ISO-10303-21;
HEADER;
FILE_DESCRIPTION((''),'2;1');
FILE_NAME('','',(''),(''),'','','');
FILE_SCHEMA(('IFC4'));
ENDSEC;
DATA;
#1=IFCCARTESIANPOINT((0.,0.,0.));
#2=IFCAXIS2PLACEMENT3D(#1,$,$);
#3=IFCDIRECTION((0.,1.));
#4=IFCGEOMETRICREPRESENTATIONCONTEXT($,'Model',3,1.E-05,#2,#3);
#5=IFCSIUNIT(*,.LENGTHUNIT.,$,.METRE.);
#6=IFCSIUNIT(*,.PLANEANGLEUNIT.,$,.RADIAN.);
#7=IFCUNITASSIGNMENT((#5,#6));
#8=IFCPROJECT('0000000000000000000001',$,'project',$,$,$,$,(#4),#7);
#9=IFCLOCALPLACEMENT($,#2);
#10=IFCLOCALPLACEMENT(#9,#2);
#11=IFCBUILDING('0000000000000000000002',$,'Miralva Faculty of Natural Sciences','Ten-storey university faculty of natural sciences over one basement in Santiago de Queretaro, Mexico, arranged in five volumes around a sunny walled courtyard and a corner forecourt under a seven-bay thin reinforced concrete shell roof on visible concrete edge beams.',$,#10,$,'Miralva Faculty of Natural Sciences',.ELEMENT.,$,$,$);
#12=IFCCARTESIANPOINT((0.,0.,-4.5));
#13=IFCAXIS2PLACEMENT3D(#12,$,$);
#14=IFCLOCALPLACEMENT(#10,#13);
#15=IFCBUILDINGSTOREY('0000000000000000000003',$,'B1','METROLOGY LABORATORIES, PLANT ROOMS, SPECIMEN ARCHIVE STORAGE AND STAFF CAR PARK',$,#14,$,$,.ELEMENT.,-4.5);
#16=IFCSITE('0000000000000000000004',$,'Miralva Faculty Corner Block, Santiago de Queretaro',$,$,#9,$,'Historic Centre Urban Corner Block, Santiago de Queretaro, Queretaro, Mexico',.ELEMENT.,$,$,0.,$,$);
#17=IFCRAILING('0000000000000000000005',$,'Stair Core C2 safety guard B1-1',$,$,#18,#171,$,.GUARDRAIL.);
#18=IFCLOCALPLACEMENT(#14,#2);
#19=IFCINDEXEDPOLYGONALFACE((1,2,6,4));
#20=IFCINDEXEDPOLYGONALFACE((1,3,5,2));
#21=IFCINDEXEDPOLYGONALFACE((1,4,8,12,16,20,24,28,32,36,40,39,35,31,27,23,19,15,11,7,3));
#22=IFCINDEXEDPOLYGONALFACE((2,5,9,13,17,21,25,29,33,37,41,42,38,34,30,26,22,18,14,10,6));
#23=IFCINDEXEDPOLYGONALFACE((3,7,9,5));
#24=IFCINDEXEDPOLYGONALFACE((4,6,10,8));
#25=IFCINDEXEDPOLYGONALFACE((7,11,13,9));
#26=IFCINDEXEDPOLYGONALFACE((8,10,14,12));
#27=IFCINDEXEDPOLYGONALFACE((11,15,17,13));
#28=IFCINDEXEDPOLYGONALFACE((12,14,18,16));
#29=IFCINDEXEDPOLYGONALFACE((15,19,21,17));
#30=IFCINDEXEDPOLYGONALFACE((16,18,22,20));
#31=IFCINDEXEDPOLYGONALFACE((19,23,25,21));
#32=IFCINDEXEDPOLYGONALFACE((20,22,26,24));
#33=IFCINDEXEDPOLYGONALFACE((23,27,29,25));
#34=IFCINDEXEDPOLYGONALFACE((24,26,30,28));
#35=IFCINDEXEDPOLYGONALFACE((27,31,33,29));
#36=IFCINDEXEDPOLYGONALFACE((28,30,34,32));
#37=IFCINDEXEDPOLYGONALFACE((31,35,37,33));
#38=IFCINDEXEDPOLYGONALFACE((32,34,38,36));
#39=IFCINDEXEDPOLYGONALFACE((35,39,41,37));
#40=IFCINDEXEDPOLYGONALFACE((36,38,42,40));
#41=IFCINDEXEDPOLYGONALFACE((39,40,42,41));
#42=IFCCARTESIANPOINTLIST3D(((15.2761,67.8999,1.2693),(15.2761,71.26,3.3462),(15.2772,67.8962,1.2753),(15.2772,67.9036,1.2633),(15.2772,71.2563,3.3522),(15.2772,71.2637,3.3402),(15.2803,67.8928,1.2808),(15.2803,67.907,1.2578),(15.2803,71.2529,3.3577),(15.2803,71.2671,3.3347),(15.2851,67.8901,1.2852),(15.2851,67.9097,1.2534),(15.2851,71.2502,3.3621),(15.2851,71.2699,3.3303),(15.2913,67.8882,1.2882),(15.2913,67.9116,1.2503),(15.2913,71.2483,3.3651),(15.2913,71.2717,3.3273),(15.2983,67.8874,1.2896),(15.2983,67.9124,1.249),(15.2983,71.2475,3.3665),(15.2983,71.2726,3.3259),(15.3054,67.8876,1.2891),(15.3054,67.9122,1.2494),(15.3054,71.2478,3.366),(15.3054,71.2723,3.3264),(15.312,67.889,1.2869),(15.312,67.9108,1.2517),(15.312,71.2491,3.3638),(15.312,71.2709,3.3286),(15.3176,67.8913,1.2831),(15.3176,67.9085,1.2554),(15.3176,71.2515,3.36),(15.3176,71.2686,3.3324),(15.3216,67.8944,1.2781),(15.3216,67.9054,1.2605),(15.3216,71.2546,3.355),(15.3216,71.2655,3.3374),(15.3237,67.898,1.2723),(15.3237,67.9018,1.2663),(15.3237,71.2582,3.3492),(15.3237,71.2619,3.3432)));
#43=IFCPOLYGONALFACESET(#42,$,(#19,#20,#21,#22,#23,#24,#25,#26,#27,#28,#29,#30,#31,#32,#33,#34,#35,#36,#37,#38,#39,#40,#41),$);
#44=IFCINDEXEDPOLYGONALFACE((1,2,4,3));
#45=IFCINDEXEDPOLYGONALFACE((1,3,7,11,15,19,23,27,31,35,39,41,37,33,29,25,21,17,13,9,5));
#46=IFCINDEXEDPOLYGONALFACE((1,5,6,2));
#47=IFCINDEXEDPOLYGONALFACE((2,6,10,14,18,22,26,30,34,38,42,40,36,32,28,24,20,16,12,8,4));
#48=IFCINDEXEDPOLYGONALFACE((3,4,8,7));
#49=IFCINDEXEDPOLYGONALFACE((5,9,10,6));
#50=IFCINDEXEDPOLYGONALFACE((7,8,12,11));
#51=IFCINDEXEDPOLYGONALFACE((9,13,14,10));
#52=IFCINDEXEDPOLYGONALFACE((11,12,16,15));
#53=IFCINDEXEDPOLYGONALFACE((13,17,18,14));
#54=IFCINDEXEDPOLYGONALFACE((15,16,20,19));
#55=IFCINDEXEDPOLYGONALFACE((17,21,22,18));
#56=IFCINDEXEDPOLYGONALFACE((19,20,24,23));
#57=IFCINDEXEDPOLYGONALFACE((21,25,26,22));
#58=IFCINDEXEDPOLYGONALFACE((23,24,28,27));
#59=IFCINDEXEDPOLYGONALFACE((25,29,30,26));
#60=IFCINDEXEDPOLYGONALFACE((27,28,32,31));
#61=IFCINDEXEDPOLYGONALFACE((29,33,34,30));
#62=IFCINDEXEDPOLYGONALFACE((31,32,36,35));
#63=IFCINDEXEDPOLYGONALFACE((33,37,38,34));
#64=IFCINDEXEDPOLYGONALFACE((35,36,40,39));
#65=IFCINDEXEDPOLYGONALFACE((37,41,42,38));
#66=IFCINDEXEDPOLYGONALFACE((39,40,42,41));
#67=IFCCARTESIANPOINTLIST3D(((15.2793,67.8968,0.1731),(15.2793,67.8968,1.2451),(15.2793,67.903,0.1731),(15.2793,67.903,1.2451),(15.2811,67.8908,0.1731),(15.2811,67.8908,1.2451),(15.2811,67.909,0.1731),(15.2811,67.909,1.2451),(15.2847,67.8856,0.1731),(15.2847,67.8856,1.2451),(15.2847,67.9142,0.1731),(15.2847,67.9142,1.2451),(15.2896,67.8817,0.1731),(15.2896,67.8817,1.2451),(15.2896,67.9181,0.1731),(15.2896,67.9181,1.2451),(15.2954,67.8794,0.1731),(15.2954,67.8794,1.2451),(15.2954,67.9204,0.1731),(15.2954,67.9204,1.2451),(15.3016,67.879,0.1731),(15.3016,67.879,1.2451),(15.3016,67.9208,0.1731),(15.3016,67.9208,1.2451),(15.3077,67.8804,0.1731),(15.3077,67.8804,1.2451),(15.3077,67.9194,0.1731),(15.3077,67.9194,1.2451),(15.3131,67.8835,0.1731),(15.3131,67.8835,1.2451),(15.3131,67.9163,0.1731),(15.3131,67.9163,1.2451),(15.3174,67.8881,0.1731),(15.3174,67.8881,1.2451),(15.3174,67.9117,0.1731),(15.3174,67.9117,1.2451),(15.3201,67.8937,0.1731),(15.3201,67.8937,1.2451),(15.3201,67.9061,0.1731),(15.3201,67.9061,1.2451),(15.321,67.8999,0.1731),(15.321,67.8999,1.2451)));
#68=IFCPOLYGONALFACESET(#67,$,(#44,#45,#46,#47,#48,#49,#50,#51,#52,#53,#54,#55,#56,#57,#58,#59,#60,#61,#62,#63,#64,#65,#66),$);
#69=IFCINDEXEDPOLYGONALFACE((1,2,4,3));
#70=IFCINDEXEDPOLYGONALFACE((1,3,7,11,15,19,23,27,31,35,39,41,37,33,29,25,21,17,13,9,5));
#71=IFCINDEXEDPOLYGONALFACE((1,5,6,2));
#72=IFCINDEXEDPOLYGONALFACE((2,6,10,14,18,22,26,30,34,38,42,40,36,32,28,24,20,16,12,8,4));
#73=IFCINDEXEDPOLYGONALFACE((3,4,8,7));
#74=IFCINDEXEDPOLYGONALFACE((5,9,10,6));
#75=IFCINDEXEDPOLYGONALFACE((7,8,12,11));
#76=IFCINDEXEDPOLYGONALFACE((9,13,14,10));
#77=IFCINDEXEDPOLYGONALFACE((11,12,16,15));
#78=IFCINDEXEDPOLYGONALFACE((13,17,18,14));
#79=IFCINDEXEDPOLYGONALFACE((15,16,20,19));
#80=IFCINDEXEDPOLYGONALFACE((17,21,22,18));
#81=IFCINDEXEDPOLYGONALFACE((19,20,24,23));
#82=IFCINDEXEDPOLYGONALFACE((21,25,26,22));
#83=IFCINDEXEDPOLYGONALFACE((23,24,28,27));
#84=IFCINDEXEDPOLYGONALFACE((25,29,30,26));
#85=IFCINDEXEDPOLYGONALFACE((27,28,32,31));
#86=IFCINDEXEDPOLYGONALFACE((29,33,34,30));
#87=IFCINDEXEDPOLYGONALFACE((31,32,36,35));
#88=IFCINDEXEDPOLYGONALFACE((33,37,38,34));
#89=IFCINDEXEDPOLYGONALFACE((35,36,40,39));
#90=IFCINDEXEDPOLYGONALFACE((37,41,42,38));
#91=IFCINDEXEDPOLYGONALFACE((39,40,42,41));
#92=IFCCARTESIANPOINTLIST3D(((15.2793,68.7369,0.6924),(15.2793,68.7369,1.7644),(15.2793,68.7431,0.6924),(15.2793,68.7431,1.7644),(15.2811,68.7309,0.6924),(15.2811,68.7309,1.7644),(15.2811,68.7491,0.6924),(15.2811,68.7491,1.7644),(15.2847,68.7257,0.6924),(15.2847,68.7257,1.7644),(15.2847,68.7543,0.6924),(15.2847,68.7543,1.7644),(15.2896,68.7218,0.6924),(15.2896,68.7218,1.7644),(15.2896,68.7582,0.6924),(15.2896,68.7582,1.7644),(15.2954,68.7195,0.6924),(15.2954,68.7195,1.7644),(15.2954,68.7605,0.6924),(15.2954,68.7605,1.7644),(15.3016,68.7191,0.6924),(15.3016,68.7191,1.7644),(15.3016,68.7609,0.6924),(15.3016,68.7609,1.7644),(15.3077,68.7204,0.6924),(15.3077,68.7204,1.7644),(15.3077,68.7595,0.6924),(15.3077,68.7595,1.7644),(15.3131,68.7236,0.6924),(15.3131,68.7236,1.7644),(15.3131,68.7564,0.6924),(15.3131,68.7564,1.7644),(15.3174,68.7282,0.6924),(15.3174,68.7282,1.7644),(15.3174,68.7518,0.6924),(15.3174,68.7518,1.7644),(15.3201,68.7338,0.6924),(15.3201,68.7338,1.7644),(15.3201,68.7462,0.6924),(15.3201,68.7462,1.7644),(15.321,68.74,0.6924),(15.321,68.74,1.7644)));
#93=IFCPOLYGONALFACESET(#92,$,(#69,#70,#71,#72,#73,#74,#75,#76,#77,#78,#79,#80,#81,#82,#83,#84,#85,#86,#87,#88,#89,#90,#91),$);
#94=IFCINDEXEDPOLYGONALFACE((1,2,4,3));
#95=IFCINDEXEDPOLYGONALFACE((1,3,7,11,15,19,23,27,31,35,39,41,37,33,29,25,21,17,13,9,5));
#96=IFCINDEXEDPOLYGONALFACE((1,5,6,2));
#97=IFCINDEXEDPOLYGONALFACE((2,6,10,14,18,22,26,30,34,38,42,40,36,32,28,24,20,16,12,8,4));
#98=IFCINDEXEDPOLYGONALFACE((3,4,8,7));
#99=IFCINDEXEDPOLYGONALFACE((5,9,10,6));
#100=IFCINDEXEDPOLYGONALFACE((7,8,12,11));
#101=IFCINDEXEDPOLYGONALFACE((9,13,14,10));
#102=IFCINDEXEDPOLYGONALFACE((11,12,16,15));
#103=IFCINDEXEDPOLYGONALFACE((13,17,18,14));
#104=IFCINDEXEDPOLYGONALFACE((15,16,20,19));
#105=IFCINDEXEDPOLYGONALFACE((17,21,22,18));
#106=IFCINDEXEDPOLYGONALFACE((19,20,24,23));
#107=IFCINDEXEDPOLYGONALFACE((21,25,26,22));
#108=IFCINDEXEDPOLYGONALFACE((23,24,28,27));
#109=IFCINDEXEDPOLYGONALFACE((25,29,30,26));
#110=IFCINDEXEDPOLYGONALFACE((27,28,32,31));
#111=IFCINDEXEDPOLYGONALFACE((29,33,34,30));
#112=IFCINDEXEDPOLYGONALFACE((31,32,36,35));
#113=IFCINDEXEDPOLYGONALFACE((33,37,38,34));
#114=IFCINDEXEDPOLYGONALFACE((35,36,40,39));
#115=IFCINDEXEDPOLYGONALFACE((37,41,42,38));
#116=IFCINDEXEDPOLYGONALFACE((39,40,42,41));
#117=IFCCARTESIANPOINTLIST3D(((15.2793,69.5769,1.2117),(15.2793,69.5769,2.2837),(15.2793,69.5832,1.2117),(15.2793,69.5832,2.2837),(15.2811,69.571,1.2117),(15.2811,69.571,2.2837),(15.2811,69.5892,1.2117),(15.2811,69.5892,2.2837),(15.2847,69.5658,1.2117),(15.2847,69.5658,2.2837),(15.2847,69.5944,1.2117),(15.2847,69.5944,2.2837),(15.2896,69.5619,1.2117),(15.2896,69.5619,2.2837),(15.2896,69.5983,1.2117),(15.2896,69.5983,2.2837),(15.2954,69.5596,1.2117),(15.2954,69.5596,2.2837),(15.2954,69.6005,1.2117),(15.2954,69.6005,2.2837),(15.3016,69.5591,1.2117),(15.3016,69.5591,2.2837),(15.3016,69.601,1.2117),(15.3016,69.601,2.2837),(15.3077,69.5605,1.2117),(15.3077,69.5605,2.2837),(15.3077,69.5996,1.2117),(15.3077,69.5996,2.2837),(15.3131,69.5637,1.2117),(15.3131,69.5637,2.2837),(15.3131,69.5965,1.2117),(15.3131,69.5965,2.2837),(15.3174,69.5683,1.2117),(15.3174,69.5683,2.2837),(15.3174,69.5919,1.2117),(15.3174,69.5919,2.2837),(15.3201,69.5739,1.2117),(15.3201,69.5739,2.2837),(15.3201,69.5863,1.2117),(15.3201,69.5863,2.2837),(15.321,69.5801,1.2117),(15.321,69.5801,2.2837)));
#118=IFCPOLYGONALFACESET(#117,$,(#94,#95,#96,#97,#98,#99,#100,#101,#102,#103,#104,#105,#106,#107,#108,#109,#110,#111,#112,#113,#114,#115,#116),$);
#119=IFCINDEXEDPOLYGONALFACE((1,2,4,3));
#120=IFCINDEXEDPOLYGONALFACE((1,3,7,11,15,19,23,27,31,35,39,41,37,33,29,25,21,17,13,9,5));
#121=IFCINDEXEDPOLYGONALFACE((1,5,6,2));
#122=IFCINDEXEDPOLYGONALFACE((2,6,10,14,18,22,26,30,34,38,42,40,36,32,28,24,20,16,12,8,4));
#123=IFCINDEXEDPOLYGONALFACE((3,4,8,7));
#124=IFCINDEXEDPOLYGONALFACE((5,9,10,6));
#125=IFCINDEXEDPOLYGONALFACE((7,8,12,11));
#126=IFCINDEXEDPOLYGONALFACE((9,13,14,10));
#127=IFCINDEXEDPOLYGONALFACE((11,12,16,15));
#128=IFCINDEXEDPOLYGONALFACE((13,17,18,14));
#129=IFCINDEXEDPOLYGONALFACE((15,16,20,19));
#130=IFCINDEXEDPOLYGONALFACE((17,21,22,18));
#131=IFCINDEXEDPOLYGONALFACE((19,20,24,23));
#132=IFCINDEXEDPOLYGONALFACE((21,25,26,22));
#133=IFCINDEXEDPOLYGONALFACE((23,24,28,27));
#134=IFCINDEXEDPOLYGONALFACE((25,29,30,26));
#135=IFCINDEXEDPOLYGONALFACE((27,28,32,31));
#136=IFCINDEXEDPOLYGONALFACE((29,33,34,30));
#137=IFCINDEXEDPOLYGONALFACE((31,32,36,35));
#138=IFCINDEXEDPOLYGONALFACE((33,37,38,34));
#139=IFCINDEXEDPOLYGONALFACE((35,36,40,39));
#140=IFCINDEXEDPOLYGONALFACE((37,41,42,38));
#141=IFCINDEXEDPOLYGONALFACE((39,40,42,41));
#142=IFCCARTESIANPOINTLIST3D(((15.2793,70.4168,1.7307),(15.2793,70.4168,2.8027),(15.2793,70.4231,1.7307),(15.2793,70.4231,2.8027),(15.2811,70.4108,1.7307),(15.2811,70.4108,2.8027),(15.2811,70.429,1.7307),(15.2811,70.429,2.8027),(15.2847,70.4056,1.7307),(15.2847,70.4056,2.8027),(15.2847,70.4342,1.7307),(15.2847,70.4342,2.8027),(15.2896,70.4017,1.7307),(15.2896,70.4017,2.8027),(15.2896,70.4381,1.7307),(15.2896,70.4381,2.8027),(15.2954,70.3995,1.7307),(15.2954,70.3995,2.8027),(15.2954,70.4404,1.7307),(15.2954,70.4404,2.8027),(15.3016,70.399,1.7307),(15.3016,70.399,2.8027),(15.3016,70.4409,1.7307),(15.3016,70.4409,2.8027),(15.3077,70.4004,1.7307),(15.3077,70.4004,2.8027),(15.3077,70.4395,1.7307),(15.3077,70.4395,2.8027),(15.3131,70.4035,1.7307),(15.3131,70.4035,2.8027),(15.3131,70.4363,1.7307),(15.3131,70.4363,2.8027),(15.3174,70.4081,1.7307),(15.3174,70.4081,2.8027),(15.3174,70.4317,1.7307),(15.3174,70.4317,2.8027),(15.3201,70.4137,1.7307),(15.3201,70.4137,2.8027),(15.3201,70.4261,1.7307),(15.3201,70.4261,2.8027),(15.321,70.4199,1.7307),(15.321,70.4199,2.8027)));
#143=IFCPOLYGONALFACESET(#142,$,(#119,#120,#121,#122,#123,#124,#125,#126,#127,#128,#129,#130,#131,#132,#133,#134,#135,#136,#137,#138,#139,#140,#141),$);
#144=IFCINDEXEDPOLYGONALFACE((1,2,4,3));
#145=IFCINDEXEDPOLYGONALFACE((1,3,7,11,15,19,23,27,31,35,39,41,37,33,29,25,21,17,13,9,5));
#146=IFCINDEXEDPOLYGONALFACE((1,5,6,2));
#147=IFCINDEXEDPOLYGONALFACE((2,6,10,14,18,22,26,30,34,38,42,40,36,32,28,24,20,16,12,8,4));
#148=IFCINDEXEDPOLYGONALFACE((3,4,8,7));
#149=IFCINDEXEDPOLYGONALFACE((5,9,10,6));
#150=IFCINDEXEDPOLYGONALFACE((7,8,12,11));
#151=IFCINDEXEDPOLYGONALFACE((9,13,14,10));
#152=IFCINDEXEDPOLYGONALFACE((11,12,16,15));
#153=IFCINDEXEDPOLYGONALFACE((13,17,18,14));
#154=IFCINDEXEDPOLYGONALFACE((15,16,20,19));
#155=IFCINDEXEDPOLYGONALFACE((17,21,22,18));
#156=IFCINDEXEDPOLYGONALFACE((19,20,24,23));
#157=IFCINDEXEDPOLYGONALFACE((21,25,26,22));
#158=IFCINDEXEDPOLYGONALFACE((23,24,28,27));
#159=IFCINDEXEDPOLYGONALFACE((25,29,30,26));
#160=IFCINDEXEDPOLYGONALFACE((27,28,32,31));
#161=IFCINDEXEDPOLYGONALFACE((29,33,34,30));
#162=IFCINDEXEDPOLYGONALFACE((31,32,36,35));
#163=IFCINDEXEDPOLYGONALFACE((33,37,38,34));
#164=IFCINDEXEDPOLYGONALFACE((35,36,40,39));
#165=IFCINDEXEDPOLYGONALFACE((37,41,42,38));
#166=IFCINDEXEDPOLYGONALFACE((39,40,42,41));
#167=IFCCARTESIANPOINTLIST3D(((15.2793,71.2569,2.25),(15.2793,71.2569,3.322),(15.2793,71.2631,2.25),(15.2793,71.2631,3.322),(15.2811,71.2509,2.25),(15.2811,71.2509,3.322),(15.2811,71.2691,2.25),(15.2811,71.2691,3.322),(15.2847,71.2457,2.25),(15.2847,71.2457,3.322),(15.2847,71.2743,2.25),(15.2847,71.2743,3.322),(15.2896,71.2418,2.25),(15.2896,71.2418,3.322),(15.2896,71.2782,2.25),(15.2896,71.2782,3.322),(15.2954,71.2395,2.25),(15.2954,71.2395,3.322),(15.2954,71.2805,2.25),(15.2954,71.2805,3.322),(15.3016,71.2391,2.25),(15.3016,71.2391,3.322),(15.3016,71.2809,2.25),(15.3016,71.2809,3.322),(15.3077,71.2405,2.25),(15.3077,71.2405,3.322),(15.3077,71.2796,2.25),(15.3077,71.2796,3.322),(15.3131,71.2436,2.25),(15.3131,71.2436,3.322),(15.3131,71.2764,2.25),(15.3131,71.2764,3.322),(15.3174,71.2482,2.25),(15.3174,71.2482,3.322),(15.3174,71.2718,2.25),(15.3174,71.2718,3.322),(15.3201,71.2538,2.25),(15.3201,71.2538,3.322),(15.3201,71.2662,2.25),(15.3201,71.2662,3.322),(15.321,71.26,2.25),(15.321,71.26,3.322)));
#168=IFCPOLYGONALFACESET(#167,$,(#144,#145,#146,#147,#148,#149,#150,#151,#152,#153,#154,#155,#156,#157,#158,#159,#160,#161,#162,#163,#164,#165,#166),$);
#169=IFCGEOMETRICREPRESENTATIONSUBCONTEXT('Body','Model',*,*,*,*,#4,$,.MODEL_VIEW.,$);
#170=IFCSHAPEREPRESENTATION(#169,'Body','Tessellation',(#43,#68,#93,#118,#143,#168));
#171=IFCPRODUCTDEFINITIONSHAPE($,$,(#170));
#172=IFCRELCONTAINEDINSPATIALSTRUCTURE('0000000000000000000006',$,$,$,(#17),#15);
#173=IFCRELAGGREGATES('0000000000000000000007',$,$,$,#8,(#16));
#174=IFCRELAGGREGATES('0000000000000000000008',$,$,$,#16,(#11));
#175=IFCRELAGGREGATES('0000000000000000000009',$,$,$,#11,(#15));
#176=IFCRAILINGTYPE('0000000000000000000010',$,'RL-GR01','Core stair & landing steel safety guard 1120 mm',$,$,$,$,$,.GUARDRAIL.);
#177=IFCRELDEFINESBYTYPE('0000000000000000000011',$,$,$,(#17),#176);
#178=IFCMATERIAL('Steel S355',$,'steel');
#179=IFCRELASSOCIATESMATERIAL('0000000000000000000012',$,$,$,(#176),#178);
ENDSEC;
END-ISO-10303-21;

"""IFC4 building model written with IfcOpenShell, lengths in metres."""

from ifc_helpers import new_model, si_unit, direction, frame, origin, origin_2d, place, context, subcontext, project, spatial, circle, extrude, material, type_object, element, save


model = new_model("IFC4")

# Units and contexts
model_context = context("Model", 3, precision=1e-05, world=origin(), true_north=direction((0.0, 1.0)))
body_context = subcontext(model_context, "Body", "Model", "MODEL_VIEW")
ifc_project = project(units=[si_unit("LENGTHUNIT", "METRE"), si_unit("PLANEANGLEUNIT", "RADIAN")], contexts=[model_context])

# Site, building, storey
site_placement = place(None, origin())
site = spatial("IfcSite", under=ifc_project, at=site_placement, Name="Miralva Faculty Corner Block, Santiago de Queretaro", LongName="Historic Centre Urban Corner Block, Santiago de Queretaro, Queretaro, Mexico", CompositionType="ELEMENT", RefElevation=0.0)
building_placement = place(site_placement, origin())
building = spatial("IfcBuilding", under=site, at=building_placement, Name="Miralva Faculty of Natural Sciences", Description="Ten-storey university faculty of natural sciences over one basement in Santiago de Queretaro, Mexico, arranged in five volumes around a sunny walled courtyard and a corner forecourt under a seven-bay thin reinforced concrete shell roof on visible concrete edge beams.", LongName="Miralva Faculty of Natural Sciences", CompositionType="ELEMENT")
storey_placement = place(building_placement, frame((0.0, 0.0, -4.5)))
storey = spatial("IfcBuildingStorey", under=building, at=storey_placement, Name="B1", Description="METROLOGY LABORATORIES, PLANT ROOMS, SPECIMEN ARCHIVE STORAGE AND STAFF CAR PARK", CompositionType="ELEMENT", Elevation=-4.5)

# Railing
ifc_material_1 = material(Name="Steel S355", Category="steel")
railing_type_1 = type_object("IfcRailingType", Name="RL-GR01", Description="Core stair & landing steel safety guard 1120 mm", PredefinedType="GUARDRAIL", material=ifc_material_1)
railing_1_placement = place(storey_placement, frame((15.3, 67.8999, 0.1731)))
element("IfcRailing", 1, at=railing_1_placement, inside=storey, type_object=railing_type_1, Name="Stair Core C2 safety guard B1-1", PredefinedType="GUARDRAIL", context=body_context, shape_type="SweptSolid", body=[
    extrude(circle(Radius=0.0239, at=origin_2d()), frame((0.0, 0.0, 1.0962), z_axis=(0.0, 0.850623, 0.525776), x_axis=(-1.0, 0.0, 0.0)), (0.0, 0.0, 1.0), 3.9502),
    extrude(circle(Radius=0.021, at=origin_2d()), origin(), (0.0, 0.0, 1.0), 1.072),
    extrude(circle(Radius=0.021, at=origin_2d()), frame((0.0, 0.8401, 0.5193)), (0.0, 0.0, 1.0), 1.072),
    extrude(circle(Radius=0.021, at=origin_2d()), frame((0.0, 1.6802, 1.0386)), (0.0, 0.0, 1.0), 1.072),
    extrude(circle(Radius=0.021, at=origin_2d()), frame((0.0, 2.52, 1.5576)), (0.0, 0.0, 1.0), 1.072),
    extrude(circle(Radius=0.021, at=origin_2d()), frame((0.0, 3.3601, 2.0769)), (0.0, 0.0, 1.0), 1.072),
])

save(model, "model.ifc")
